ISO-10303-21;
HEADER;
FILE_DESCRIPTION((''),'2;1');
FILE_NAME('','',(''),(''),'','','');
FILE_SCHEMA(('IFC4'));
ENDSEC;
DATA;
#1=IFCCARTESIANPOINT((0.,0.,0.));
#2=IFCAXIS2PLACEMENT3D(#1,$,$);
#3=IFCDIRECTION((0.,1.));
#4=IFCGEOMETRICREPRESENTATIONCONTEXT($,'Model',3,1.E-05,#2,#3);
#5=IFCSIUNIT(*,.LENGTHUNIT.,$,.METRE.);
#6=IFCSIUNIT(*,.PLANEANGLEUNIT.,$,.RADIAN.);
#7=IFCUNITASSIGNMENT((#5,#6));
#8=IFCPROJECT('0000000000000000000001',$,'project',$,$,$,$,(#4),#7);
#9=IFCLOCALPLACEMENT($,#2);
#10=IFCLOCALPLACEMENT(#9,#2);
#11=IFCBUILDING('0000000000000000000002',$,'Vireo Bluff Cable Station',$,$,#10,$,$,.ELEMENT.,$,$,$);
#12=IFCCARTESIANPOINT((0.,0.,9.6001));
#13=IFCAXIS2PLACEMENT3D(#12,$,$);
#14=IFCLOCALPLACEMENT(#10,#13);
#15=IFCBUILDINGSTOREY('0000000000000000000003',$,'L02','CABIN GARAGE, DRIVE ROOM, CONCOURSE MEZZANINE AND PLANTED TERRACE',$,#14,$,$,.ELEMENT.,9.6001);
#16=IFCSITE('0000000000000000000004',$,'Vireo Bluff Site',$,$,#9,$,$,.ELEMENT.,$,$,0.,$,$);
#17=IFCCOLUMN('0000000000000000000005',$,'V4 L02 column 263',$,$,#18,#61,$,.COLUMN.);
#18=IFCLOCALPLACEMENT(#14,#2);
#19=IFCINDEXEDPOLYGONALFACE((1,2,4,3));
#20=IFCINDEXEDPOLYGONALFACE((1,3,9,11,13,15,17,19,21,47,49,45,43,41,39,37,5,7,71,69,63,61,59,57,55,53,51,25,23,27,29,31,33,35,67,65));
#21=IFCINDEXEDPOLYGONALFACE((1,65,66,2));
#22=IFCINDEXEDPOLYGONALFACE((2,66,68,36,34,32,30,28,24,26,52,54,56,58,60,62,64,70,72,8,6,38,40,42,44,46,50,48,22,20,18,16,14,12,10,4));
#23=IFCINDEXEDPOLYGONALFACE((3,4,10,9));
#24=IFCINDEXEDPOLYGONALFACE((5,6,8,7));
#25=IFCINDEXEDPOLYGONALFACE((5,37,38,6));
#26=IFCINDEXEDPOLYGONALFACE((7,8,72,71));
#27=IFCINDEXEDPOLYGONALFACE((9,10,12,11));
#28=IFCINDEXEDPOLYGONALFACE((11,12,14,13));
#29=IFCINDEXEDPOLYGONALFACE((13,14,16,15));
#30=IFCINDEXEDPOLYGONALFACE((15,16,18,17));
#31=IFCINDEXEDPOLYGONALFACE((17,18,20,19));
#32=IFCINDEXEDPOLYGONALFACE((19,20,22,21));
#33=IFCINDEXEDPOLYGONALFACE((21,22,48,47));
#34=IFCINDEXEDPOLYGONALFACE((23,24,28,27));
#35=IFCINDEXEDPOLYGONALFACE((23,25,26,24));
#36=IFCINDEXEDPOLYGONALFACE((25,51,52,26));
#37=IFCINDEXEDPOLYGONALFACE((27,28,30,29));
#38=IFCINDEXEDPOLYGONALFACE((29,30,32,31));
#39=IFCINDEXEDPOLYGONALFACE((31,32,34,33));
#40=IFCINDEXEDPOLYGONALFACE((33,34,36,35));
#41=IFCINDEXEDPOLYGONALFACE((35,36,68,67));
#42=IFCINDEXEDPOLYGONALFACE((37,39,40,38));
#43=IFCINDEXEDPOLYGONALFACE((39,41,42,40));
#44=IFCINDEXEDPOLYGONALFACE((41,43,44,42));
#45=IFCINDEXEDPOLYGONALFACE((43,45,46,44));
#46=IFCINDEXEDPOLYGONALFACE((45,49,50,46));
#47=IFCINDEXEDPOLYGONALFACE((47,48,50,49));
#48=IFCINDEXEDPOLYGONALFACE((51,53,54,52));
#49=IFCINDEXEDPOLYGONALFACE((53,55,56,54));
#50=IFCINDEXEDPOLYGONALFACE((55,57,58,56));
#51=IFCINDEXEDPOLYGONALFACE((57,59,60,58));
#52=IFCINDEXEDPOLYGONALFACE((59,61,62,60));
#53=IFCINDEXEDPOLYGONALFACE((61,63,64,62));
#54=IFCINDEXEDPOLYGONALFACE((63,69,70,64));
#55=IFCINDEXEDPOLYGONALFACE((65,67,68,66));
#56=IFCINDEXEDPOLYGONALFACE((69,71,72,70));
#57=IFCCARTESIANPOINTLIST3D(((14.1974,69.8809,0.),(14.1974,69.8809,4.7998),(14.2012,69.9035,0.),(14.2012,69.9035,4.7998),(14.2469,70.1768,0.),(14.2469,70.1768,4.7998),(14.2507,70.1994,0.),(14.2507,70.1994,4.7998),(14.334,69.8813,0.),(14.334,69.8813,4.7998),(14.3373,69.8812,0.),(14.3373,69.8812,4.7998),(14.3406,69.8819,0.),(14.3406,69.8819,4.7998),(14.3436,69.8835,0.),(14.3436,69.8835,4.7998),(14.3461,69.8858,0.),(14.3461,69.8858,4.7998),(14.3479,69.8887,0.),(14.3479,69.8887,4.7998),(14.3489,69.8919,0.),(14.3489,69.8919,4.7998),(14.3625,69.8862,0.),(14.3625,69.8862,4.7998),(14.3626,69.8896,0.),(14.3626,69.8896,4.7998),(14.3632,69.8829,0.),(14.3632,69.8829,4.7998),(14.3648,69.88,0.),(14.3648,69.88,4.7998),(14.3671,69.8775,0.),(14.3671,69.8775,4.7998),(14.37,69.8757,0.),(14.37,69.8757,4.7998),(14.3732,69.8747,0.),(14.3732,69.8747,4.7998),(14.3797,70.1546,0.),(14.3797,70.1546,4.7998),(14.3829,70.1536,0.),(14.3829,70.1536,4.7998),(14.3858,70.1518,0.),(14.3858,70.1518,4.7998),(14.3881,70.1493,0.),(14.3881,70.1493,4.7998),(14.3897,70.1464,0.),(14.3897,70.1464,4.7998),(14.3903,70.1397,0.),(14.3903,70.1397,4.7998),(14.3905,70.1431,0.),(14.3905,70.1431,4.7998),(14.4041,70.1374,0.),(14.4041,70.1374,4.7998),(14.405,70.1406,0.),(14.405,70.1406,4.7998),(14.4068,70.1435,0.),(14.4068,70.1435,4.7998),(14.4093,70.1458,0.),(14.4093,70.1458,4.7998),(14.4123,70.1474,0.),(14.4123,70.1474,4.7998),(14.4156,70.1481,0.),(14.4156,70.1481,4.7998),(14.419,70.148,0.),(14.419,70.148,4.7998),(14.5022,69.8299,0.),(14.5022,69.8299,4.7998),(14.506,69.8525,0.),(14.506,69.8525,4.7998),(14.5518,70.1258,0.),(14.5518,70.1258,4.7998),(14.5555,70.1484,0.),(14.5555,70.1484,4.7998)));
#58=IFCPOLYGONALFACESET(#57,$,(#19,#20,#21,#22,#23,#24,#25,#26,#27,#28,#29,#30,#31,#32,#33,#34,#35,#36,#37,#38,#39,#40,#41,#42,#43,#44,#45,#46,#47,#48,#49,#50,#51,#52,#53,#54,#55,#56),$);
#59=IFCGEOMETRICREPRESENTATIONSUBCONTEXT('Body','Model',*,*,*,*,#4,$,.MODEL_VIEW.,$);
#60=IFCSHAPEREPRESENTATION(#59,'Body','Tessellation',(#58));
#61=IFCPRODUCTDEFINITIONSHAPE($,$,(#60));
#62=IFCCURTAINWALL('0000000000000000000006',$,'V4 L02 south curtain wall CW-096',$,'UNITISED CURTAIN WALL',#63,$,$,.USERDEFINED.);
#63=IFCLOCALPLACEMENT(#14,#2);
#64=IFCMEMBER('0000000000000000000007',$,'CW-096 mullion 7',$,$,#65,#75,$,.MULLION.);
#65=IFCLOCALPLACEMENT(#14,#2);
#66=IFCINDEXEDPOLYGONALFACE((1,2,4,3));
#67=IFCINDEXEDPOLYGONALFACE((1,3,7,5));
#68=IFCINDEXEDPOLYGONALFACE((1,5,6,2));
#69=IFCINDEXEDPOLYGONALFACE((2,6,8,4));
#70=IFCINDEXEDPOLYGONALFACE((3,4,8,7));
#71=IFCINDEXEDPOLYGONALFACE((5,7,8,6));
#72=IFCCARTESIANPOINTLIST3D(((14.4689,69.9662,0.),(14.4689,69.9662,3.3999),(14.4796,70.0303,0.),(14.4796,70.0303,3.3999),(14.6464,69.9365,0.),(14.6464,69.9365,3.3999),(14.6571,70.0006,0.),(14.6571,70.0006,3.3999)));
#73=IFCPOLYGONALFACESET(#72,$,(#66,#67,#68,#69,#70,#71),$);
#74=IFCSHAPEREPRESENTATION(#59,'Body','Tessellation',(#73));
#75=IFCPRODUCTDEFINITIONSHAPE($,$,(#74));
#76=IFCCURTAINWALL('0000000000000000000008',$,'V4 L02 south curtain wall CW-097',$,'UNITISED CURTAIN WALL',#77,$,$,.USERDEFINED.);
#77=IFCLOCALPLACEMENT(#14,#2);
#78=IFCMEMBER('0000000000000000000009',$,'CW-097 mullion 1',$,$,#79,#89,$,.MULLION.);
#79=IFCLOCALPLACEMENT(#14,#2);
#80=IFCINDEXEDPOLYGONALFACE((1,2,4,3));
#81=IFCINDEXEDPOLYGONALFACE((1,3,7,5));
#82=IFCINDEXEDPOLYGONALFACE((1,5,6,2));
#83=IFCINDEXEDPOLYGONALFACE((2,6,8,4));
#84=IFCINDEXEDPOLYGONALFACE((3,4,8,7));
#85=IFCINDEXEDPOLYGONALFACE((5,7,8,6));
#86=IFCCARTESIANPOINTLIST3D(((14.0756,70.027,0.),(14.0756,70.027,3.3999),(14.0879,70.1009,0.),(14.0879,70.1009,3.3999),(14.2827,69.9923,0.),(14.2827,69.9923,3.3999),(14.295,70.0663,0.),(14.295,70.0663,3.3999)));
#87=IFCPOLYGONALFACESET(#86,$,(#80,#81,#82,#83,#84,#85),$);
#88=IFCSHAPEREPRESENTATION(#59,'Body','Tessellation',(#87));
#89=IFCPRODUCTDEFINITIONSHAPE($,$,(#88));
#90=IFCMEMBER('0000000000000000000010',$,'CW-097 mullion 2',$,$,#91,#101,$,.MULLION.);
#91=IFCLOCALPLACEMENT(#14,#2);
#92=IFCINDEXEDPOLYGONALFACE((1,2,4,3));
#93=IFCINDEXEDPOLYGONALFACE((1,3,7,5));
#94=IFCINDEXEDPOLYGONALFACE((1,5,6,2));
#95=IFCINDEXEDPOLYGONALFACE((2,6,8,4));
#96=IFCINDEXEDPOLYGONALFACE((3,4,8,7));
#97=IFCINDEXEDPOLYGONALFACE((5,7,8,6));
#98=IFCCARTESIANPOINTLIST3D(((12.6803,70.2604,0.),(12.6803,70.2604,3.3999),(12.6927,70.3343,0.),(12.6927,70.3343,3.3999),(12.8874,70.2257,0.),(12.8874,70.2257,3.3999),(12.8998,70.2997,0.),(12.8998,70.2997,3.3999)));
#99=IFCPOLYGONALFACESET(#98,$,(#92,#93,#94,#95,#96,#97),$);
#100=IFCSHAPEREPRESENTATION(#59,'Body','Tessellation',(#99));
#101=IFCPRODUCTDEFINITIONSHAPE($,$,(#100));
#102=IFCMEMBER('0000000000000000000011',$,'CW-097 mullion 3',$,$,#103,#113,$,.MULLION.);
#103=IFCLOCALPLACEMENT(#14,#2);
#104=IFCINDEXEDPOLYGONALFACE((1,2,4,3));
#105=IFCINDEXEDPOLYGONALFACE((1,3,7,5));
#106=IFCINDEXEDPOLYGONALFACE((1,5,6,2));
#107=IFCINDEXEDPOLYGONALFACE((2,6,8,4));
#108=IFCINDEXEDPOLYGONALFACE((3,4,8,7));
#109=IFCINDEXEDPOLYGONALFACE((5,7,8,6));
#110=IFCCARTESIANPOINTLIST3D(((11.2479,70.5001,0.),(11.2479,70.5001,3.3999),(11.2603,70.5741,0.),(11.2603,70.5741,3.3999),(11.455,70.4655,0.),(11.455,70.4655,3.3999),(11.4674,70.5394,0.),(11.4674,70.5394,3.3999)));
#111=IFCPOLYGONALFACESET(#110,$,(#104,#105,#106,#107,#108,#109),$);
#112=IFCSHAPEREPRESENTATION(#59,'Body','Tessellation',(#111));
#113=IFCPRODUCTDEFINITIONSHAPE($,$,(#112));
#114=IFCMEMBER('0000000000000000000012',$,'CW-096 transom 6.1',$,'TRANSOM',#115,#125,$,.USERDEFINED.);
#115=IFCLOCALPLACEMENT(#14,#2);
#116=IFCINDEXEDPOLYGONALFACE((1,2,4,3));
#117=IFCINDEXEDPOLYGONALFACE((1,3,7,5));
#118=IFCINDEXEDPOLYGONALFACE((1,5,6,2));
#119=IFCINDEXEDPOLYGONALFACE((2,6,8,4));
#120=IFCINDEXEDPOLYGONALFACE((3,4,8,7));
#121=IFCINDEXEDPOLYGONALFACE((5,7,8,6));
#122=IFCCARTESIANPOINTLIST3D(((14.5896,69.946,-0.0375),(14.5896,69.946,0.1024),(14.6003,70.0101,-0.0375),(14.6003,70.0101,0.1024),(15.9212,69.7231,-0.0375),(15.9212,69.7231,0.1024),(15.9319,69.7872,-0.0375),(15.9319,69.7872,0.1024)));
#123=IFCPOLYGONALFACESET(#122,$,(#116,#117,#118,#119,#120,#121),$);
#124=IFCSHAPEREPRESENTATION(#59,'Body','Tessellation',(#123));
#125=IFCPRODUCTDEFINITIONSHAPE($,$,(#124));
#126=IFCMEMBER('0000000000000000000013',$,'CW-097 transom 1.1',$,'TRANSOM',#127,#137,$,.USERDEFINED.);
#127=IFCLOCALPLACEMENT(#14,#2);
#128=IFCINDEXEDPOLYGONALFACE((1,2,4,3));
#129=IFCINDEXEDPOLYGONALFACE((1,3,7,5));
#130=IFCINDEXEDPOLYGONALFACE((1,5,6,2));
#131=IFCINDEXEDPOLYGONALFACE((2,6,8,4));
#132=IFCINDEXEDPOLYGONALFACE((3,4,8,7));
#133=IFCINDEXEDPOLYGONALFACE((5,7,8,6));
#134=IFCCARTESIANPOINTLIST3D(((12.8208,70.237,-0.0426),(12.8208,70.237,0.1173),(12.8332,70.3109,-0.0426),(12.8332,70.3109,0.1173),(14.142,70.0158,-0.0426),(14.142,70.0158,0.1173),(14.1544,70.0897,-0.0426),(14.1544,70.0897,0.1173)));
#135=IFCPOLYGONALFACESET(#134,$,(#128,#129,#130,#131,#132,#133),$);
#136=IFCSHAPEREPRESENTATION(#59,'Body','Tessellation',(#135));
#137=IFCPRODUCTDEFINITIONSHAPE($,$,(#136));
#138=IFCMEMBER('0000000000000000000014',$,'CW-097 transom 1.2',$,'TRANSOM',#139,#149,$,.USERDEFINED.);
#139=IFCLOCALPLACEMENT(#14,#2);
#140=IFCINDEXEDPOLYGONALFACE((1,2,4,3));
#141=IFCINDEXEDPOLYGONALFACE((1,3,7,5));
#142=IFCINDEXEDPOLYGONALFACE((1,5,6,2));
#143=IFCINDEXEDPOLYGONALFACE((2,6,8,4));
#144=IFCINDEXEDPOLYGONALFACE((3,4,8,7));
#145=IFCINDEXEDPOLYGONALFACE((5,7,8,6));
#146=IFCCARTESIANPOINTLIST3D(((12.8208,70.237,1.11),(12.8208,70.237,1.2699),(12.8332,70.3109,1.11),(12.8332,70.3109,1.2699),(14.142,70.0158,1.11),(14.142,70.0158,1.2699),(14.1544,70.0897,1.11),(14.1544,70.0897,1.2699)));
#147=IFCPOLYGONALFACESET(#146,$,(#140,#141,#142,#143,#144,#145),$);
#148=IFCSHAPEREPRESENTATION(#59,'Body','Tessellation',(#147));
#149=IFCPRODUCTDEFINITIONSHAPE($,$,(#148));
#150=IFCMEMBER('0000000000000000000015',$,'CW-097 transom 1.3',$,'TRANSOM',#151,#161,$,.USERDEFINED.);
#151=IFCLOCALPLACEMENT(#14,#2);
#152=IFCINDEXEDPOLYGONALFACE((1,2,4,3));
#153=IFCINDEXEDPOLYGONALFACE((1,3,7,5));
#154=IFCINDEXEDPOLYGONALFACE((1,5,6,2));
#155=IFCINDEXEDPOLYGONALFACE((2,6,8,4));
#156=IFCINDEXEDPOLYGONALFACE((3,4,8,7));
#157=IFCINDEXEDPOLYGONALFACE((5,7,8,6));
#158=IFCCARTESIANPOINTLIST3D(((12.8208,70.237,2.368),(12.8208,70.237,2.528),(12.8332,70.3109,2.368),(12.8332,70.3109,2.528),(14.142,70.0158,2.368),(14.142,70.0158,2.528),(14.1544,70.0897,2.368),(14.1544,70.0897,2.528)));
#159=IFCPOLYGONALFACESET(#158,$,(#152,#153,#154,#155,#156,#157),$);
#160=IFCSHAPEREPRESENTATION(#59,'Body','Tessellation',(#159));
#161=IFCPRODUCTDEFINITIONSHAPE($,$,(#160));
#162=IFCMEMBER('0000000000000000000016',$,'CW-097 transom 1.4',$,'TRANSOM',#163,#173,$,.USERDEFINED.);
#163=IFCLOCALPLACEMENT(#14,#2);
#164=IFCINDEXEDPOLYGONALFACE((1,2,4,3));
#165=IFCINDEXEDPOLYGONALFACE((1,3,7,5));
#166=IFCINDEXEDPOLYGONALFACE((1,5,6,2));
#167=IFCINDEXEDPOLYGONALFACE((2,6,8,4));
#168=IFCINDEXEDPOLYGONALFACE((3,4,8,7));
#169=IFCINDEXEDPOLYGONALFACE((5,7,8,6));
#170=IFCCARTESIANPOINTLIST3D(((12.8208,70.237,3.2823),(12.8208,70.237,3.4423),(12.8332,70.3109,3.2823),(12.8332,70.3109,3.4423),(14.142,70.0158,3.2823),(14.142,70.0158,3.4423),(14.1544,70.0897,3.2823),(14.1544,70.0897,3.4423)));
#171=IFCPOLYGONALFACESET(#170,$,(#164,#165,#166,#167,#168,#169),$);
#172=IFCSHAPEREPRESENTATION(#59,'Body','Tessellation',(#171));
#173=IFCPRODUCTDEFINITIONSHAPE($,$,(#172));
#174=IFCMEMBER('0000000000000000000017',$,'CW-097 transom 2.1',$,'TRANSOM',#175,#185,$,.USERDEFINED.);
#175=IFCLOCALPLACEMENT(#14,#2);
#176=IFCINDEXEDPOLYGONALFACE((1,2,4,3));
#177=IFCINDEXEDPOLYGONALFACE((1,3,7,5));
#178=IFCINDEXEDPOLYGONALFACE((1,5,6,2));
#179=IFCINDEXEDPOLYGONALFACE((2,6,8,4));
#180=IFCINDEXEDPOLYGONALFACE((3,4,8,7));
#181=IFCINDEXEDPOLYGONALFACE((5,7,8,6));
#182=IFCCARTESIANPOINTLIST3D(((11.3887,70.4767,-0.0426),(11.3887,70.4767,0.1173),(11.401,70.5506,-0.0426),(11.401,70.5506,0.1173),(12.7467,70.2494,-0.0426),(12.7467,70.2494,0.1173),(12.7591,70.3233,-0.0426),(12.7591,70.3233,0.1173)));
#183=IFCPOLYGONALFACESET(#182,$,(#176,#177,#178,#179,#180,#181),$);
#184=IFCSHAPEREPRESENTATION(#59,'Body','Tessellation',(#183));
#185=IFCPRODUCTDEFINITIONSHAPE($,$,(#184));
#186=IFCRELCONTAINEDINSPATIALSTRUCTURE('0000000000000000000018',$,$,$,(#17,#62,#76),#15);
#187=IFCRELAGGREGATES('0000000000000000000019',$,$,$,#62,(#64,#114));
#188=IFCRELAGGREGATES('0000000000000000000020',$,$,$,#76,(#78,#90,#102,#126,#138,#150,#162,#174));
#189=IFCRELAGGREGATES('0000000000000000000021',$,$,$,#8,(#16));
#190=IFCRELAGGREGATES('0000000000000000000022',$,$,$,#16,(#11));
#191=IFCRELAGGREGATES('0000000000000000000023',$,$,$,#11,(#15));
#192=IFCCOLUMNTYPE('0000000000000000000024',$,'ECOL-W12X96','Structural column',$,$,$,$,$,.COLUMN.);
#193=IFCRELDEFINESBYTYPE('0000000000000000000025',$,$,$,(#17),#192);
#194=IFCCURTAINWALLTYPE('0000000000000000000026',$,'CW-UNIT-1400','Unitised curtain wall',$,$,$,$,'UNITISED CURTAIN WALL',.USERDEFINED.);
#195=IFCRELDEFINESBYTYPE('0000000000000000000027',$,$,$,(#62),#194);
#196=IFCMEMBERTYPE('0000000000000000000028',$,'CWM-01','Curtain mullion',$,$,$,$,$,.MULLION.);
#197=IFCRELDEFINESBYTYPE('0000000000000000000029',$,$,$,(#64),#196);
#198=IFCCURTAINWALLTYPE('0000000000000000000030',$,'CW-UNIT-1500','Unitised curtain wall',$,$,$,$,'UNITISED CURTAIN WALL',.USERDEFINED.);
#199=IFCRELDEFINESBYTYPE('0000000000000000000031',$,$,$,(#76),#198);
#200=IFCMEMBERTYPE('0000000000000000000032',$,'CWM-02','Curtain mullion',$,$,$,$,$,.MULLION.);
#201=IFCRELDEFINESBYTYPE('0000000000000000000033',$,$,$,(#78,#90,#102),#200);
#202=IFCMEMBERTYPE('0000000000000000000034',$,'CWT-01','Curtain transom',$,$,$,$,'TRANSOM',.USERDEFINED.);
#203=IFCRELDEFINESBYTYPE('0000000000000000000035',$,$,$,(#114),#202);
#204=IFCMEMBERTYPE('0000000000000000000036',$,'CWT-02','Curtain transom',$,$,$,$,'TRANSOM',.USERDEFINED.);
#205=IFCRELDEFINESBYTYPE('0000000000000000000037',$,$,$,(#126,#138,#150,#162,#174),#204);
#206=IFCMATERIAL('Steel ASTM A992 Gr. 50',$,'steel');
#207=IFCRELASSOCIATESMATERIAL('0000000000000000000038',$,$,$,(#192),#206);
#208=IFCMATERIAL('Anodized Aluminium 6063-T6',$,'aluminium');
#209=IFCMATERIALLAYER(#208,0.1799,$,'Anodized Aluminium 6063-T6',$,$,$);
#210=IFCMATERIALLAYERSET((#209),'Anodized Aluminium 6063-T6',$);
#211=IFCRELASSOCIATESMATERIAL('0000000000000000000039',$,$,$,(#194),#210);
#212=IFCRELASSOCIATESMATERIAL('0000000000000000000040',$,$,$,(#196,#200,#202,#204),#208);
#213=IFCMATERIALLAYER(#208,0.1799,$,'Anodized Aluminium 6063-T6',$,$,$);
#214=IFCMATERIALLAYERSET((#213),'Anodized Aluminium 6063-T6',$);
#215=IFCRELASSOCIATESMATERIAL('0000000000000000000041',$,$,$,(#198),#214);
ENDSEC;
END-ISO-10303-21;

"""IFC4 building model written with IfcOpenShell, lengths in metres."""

from ifc_helpers import new_model, si_unit, direction, frame, origin, origin_2d, place, context, subcontext, project, spatial, rectangle, i_section, extrude, material, layer, layer_set, material_profile, profile_set, type_object, element, aggregate, save


model = new_model("IFC4")

# Units and contexts
model_context = context("Model", 3, precision=1e-05, world=origin(), true_north=direction((0.0, 1.0)))
body_context = subcontext(model_context, "Body", "Model", "MODEL_VIEW")
ifc_project = project(units=[si_unit("LENGTHUNIT", "METRE"), si_unit("PLANEANGLEUNIT", "RADIAN")], contexts=[model_context])

# Site, building, storey
site_placement = place(None, origin())
site = spatial("IfcSite", under=ifc_project, at=site_placement, Name="Vireo Bluff Site", CompositionType="ELEMENT", RefElevation=0.0)
building_placement = place(site_placement, origin())
building = spatial("IfcBuilding", under=site, at=building_placement, Name="Vireo Bluff Cable Station", CompositionType="ELEMENT")
storey_placement = place(building_placement, frame((0.0, 0.0, 9.6001)))
storey = spatial("IfcBuildingStorey", under=building, at=storey_placement, Name="L02", Description="CABIN GARAGE, DRIVE ROOM, CONCOURSE MEZZANINE AND PLANTED TERRACE", CompositionType="ELEMENT", Elevation=9.6001)

# Column
ifc_material_1 = material(Name="Steel ASTM A992 Gr. 50", Category="steel")
ifc_material_profile_1 = material_profile(ifc_material_1, i_section(OverallWidth=0.3091, OverallDepth=0.323, WebThickness=0.0139, FlangeThickness=0.0229, FilletRadius=0.0129, at=origin_2d()), Name="W12X96")
ifc_profile_set_1 = profile_set([ifc_material_profile_1], Name="Steel ASTM A992 Gr. 50")
column_type = type_object("IfcColumnType", Name="ECOL-W12X96", Description="Structural column", PredefinedType="COLUMN", material=ifc_profile_set_1)
column_placement = place(storey_placement, frame((14.3765, 70.0146, 0.0), z_axis=(0.0, 0.0, 1.0), x_axis=(0.986286, -0.165048, 0.0)))
element("IfcColumn", 1, at=column_placement, inside=storey, type_object=column_type, Name="V4 L02 column 263", PredefinedType="COLUMN", context=body_context, shape_type="SweptSolid", body=[
    extrude(i_section(OverallWidth=0.3091, OverallDepth=0.323, WebThickness=0.0139, FlangeThickness=0.0229, FilletRadius=0.0129, at=origin_2d()), origin(), (0.0, 0.0, 1.0), 4.7998),
])

# Curtain wall, member
ifc_material_2 = material(Name="Anodized Aluminium 6063-T6", Category="aluminium")
ifc_layer_1 = layer(ifc_material_2, 0.1799, Name="Anodized Aluminium 6063-T6")
ifc_layer_set_1 = layer_set([ifc_layer_1], Name="Anodized Aluminium 6063-T6")
curtain_wall_type_1 = type_object("IfcCurtainWallType", Name="CW-UNIT-1400", Description="Unitised curtain wall", ElementType="UNITISED CURTAIN WALL", PredefinedType="USERDEFINED", material=ifc_layer_set_1)
curtain_wall_1_placement = place(storey_placement, origin())
curtain_wall_1 = element("IfcCurtainWall", 2, at=curtain_wall_1_placement, inside=storey, type_object=curtain_wall_type_1, Name="V4 L02 south curtain wall CW-096", ObjectType="UNITISED CURTAIN WALL", PredefinedType="USERDEFINED")
ifc_material_profile_2 = material_profile(ifc_material_2, rectangle(XDim=0.0649, YDim=0.1799, at=origin_2d()), Name="ALU-M-65X180")
ifc_profile_set_2 = profile_set([ifc_material_profile_2], Name="Anodized Aluminium 6063-T6")
member_type_1 = type_object("IfcMemberType", Name="CWM-01", Description="Curtain mullion", PredefinedType="MULLION", material=ifc_profile_set_2)
member_1_placement = place(storey_placement, frame((14.563, 69.9834, 0.0), z_axis=(0.0, 0.0, 1.0), x_axis=(-0.165048, -0.986286, 0.0)))
member_1 = element("IfcMember", 3, at=member_1_placement, type_object=member_type_1, Name="CW-096 mullion 7", PredefinedType="MULLION", context=body_context, shape_type="SweptSolid", body=[
    extrude(rectangle(XDim=0.0649, YDim=0.1799, at=origin_2d()), origin(), (0.0, 0.0, 1.0), 3.3999),
])

# Curtain wall, members
ifc_layer_2 = layer(ifc_material_2, 0.1799, Name="Anodized Aluminium 6063-T6")
ifc_layer_set_2 = layer_set([ifc_layer_2], Name="Anodized Aluminium 6063-T6")
curtain_wall_type_2 = type_object("IfcCurtainWallType", Name="CW-UNIT-1500", Description="Unitised curtain wall", ElementType="UNITISED CURTAIN WALL", PredefinedType="USERDEFINED", material=ifc_layer_set_2)
curtain_wall_2_placement = place(storey_placement, origin())
curtain_wall_2 = element("IfcCurtainWall", 4, at=curtain_wall_2_placement, inside=storey, type_object=curtain_wall_type_2, Name="V4 L02 south curtain wall CW-097", ObjectType="UNITISED CURTAIN WALL", PredefinedType="USERDEFINED")
ifc_material_profile_3 = material_profile(ifc_material_2, rectangle(XDim=0.075, YDim=0.21, at=origin_2d()), Name="ALU-M-75X210")
ifc_profile_set_3 = profile_set([ifc_material_profile_3], Name="Anodized Aluminium 6063-T6")
member_type_2 = type_object("IfcMemberType", Name="CWM-02", Description="Curtain mullion", PredefinedType="MULLION", material=ifc_profile_set_3)
member_2_placement = place(storey_placement, frame((14.1853, 70.0466, 0.0), z_axis=(0.0, 0.0, 1.0), x_axis=(-0.165048, -0.986286, 0.0)))
member_2 = element("IfcMember", 5, at=member_2_placement, type_object=member_type_2, Name="CW-097 mullion 1", PredefinedType="MULLION", context=body_context, shape_type="SweptSolid", body=[
    extrude(rectangle(XDim=0.075, YDim=0.21, at=origin_2d()), origin(), (0.0, 0.0, 1.0), 3.3999),
])
member_3_placement = place(storey_placement, frame((12.79, 70.28, 0.0), z_axis=(0.0, 0.0, 1.0), x_axis=(-0.165048, -0.986286, 0.0)))
member_3 = element("IfcMember", 6, at=member_3_placement, type_object=member_type_2, Name="CW-097 mullion 2", PredefinedType="MULLION", context=body_context, shape_type="SweptSolid", body=[
    extrude(rectangle(XDim=0.075, YDim=0.21, at=origin_2d()), origin(), (0.0, 0.0, 1.0), 3.3999),
])
member_4_placement = place(storey_placement, frame((11.3577, 70.5198, 0.0), z_axis=(0.0, 0.0, 1.0), x_axis=(-0.165048, -0.986286, 0.0)))
member_4 = element("IfcMember", 7, at=member_4_placement, type_object=member_type_2, Name="CW-097 mullion 3", PredefinedType="MULLION", context=body_context, shape_type="SweptSolid", body=[
    extrude(rectangle(XDim=0.075, YDim=0.21, at=origin_2d()), origin(), (0.0, 0.0, 1.0), 3.3999),
])

# Members
ifc_material_profile_4 = material_profile(ifc_material_2, rectangle(XDim=0.0649, YDim=0.1399, at=origin_2d()), Name="ALU-T-65X140")
ifc_profile_set_4 = profile_set([ifc_material_profile_4], Name="Anodized Aluminium 6063-T6")
member_type_3 = type_object("IfcMemberType", Name="CWT-01", Description="Curtain transom", ElementType="TRANSOM", PredefinedType="USERDEFINED", material=ifc_profile_set_4)
member_5_placement = place(storey_placement, frame((15.9265, 69.7551, 0.0325), z_axis=(-0.986276, 0.165103, 0.0), x_axis=(-0.165103, -0.986276, 0.0)))
member_5 = element("IfcMember", 8, at=member_5_placement, type_object=member_type_3, Name="CW-096 transom 6.1", ObjectType="TRANSOM", PredefinedType="USERDEFINED", context=body_context, shape_type="SweptSolid", body=[
    extrude(rectangle(XDim=0.0649, YDim=0.1399, at=origin_2d()), origin(), (0.0, 0.0, 1.0), 1.3501),
])
ifc_material_profile_5 = material_profile(ifc_material_2, rectangle(XDim=0.075, YDim=0.1599, at=origin_2d()), Name="ALU-T-75X160")
ifc_profile_set_5 = profile_set([ifc_material_profile_5], Name="Anodized Aluminium 6063-T6")
member_type_4 = type_object("IfcMemberType", Name="CWT-02", Description="Curtain transom", ElementType="TRANSOM", PredefinedType="USERDEFINED", material=ifc_profile_set_5)
member_6_placement = place(storey_placement, frame((14.1482, 70.0527, 0.0374), z_axis=(-0.986275, 0.165108, 0.0), x_axis=(-0.165108, -0.986275, 0.0)))
member_6 = element("IfcMember", 9, at=member_6_placement, type_object=member_type_4, Name="CW-097 transom 1.1", ObjectType="TRANSOM", PredefinedType="USERDEFINED", context=body_context, shape_type="SweptSolid", body=[
    extrude(rectangle(XDim=0.075, YDim=0.1599, at=origin_2d()), origin(), (0.0, 0.0, 1.0), 1.3396),
])
member_7_placement = place(storey_placement, frame((14.1482, 70.0527, 1.1899), z_axis=(-0.986275, 0.165108, 0.0), x_axis=(-0.165108, -0.986275, 0.0)))
member_7 = element("IfcMember", 10, at=member_7_placement, type_object=member_type_4, Name="CW-097 transom 1.2", ObjectType="TRANSOM", PredefinedType="USERDEFINED", context=body_context, shape_type="SweptSolid", body=[
    extrude(rectangle(XDim=0.075, YDim=0.1599, at=origin_2d()), origin(), (0.0, 0.0, 1.0), 1.3396),
])
member_8_placement = place(storey_placement, frame((14.1482, 70.0527, 2.448), z_axis=(-0.986275, 0.165108, 0.0), x_axis=(-0.165108, -0.986275, 0.0)))
member_8 = element("IfcMember", 11, at=member_8_placement, type_object=member_type_4, Name="CW-097 transom 1.3", ObjectType="TRANSOM", PredefinedType="USERDEFINED", context=body_context, shape_type="SweptSolid", body=[
    extrude(rectangle(XDim=0.075, YDim=0.1599, at=origin_2d()), origin(), (0.0, 0.0, 1.0), 1.3396),
])
member_9_placement = place(storey_placement, frame((14.1482, 70.0527, 3.3623), z_axis=(-0.986275, 0.165108, 0.0), x_axis=(-0.165108, -0.986275, 0.0)))
member_9 = element("IfcMember", 12, at=member_9_placement, type_object=member_type_4, Name="CW-097 transom 1.4", ObjectType="TRANSOM", PredefinedType="USERDEFINED", context=body_context, shape_type="SweptSolid", body=[
    extrude(rectangle(XDim=0.075, YDim=0.1599, at=origin_2d()), origin(), (0.0, 0.0, 1.0), 1.3396),
])
member_10_placement = place(storey_placement, frame((12.7529, 70.2864, 0.0374), z_axis=(-0.986283, 0.16506, 0.0), x_axis=(-0.16506, -0.986283, 0.0)))
member_10 = element("IfcMember", 13, at=member_10_placement, type_object=member_type_4, Name="CW-097 transom 2.1", ObjectType="TRANSOM", PredefinedType="USERDEFINED", context=body_context, shape_type="SweptSolid", body=[
    extrude(rectangle(XDim=0.075, YDim=0.1599, at=origin_2d()), origin(), (0.0, 0.0, 1.0), 1.377),
])

aggregate(curtain_wall_1, [member_1, member_5])
aggregate(curtain_wall_2, [member_2, member_3, member_4, member_6, member_7, member_8, member_9, member_10])

save(model, "model.ifc")
